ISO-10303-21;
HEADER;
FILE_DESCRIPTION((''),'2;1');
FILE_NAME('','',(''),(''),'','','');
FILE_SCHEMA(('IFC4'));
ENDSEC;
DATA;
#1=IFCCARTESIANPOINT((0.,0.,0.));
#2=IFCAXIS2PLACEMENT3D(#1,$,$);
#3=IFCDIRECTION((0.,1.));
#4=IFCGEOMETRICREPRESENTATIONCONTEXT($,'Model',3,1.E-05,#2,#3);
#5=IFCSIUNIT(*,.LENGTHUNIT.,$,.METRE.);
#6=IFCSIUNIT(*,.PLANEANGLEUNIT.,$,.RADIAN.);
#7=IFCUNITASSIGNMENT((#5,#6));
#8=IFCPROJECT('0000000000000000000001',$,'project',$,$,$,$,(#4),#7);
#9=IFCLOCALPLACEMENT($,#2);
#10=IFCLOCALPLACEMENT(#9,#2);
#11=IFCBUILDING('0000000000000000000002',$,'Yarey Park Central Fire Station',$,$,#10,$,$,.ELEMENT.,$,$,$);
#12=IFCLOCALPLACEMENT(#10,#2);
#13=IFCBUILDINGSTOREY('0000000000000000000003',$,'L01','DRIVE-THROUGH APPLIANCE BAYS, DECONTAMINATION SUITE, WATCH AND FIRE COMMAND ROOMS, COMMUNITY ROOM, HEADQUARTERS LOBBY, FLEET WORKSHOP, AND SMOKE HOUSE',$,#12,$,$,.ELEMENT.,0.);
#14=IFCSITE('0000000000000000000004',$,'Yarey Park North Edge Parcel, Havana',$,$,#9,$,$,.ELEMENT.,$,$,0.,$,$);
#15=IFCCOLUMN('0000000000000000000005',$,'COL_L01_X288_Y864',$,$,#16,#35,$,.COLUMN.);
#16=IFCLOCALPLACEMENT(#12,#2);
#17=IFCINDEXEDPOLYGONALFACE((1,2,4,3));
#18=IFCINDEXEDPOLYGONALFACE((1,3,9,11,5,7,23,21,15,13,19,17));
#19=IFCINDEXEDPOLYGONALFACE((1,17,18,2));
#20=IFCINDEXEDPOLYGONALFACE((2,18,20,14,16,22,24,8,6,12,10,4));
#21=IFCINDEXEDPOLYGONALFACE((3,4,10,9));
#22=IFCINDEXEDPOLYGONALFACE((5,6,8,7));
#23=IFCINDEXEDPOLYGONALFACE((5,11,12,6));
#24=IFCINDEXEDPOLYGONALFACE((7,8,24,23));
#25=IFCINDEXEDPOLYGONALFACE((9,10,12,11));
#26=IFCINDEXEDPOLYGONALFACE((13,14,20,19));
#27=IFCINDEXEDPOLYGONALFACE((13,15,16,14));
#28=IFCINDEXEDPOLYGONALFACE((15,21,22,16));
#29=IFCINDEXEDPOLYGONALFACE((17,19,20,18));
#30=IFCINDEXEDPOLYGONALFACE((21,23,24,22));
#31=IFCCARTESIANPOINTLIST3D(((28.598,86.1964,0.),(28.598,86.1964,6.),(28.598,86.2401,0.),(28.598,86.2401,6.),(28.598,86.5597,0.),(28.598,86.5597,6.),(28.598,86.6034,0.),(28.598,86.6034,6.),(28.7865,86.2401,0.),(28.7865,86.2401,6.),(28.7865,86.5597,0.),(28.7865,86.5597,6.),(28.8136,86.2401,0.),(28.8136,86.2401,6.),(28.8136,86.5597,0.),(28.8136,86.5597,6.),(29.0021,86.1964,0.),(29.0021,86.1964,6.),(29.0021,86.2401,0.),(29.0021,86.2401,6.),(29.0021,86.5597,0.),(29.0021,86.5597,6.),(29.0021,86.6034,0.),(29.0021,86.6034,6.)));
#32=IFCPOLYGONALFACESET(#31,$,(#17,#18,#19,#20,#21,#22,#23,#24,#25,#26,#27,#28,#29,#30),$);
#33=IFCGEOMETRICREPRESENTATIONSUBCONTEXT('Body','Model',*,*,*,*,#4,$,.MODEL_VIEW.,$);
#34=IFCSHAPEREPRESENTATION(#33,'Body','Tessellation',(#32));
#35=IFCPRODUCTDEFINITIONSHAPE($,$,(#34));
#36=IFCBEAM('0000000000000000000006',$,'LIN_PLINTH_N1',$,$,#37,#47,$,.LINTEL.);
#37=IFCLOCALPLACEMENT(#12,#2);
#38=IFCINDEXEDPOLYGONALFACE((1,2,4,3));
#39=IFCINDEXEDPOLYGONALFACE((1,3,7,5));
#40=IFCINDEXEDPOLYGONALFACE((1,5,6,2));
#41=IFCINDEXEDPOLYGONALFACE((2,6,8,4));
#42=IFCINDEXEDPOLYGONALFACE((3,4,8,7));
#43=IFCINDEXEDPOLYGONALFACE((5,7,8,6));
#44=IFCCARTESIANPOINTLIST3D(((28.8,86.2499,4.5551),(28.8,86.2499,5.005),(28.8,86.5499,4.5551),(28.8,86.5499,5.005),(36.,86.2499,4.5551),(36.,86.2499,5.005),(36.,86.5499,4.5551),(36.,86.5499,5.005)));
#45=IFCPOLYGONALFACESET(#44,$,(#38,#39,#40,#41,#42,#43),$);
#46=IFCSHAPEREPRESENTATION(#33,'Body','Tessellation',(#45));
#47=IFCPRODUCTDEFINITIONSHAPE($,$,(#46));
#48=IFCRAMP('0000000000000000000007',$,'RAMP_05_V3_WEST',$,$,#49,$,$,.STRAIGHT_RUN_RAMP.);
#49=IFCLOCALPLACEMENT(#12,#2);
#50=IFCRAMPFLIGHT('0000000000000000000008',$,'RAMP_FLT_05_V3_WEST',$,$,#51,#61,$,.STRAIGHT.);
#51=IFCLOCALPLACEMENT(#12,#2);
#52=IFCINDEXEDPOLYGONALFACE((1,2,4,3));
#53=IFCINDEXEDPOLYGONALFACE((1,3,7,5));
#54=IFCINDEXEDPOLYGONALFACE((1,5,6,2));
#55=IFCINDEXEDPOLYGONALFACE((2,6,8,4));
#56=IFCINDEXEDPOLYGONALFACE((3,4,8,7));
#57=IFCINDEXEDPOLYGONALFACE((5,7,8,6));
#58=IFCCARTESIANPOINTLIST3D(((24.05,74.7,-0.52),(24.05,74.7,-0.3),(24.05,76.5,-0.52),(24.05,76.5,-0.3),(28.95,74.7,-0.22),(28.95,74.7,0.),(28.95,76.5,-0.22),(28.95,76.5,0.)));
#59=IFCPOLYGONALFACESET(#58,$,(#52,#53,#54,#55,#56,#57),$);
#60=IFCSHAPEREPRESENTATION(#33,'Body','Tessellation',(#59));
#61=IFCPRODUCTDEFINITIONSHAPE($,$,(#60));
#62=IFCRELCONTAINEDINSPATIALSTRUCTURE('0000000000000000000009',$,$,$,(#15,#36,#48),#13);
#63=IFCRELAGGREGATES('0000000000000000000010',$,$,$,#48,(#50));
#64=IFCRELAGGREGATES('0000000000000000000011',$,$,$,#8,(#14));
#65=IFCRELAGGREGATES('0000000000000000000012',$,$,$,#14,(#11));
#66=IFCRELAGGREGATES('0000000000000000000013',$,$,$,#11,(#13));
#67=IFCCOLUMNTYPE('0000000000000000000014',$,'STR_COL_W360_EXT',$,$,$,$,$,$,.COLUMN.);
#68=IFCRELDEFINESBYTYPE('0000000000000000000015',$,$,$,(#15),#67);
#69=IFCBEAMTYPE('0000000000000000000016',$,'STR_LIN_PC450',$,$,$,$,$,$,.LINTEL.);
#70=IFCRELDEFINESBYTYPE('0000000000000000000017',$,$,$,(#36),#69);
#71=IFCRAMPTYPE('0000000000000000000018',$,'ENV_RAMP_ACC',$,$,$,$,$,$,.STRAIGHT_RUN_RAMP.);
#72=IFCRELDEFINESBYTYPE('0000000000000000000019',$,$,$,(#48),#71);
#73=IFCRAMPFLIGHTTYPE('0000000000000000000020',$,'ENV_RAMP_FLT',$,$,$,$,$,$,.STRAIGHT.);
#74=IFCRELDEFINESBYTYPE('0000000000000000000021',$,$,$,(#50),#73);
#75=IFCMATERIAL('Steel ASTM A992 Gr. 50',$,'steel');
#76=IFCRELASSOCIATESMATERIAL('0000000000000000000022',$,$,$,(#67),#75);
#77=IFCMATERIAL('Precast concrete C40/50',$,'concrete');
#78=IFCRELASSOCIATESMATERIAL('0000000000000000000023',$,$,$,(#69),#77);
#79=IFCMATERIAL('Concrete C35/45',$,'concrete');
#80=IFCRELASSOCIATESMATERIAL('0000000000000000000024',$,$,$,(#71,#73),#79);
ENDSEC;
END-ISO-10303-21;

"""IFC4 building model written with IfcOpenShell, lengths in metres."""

from ifc_helpers import new_model, si_unit, direction, frame, origin, origin_2d, place, context, subcontext, project, spatial, polyline, rectangle, i_section, outline, extrude, material, material_profile, profile_set, type_object, element, aggregate, save


model = new_model("IFC4")

# Units and contexts
model_context = context("Model", 3, precision=1e-05, world=origin(), true_north=direction((0.0, 1.0)))
body_context = subcontext(model_context, "Body", "Model", "MODEL_VIEW")
ifc_project = project(units=[si_unit("LENGTHUNIT", "METRE"), si_unit("PLANEANGLEUNIT", "RADIAN")], contexts=[model_context])

# Site, building, storey
site_placement = place(None, origin())
site = spatial("IfcSite", under=ifc_project, at=site_placement, Name="Yarey Park North Edge Parcel, Havana", CompositionType="ELEMENT", RefElevation=0.0)
building_placement = place(site_placement, origin())
building = spatial("IfcBuilding", under=site, at=building_placement, Name="Yarey Park Central Fire Station", CompositionType="ELEMENT")
storey_placement = place(building_placement, origin())
storey = spatial("IfcBuildingStorey", under=building, at=storey_placement, Name="L01", Description="DRIVE-THROUGH APPLIANCE BAYS, DECONTAMINATION SUITE, WATCH AND FIRE COMMAND ROOMS, COMMUNITY ROOM, HEADQUARTERS LOBBY, FLEET WORKSHOP, AND SMOKE HOUSE", CompositionType="ELEMENT", Elevation=0.0)

# Shared definitions
ifc_material_1 = material(Name="Concrete C35/45", Category="concrete")

# Column
ifc_material_2 = material(Name="Steel ASTM A992 Gr. 50", Category="steel")
ifc_material_profile_1 = material_profile(ifc_material_2, i_section(OverallWidth=0.4041, OverallDepth=0.407, WebThickness=0.0271, FlangeThickness=0.0437, at=origin_2d()), Name="W360x347")
ifc_profile_set_1 = profile_set([ifc_material_profile_1], Name="Steel ASTM A992 Gr. 50")
column_type = type_object("IfcColumnType", Name="STR_COL_W360_EXT", PredefinedType="COLUMN", material=ifc_profile_set_1)
for number, where, z_axis, x_axis, name in (
    (1, (28.8, 86.3999, 0.0), (0.0, 0.0, 1.0), (1.0, 0.0, 0.0), "COL_L01_X288_Y864"),
):
    element("IfcColumn", number, at=place(storey_placement, frame(where, z_axis=z_axis, x_axis=x_axis)), inside=storey, type_object=column_type, Name=name, PredefinedType="COLUMN", context=body_context, shape_type="SweptSolid", body=[
        extrude(i_section(OverallWidth=0.4041, OverallDepth=0.407, WebThickness=0.0271, FlangeThickness=0.0437, at=origin_2d()), origin(), (0.0, 0.0, 1.0), 6.0),
    ])

# Beam
ifc_material_3 = material(Name="Precast concrete C40/50", Category="concrete")
ifc_material_profile_2 = material_profile(ifc_material_3, rectangle(XDim=0.3, YDim=0.45, at=origin_2d()), Name="PC 300x450")
ifc_profile_set_2 = profile_set([ifc_material_profile_2], Name="Precast concrete C40/50")
beam_type = type_object("IfcBeamType", Name="STR_LIN_PC450", PredefinedType="LINTEL", material=ifc_profile_set_2)
beam_placement = place(storey_placement, frame((28.8, 86.3999, 4.78), z_axis=(1.0, 0.0, 0.0), x_axis=(0.0, 1.0, 0.0)))
element("IfcBeam", 2, at=beam_placement, inside=storey, type_object=beam_type, Name="LIN_PLINTH_N1", PredefinedType="LINTEL", context=body_context, shape_type="SweptSolid", body=[
    extrude(rectangle(XDim=0.3, YDim=0.45, at=origin_2d()), origin(), (0.0, 0.0, 1.0), 7.2),
])

# Ramp, ramp flight
ramp_type = type_object("IfcRampType", Name="ENV_RAMP_ACC", PredefinedType="STRAIGHT_RUN_RAMP", material=ifc_material_1)
ramp_placement = place(storey_placement, origin())
ramp = element("IfcRamp", 3, at=ramp_placement, inside=storey, type_object=ramp_type, Name="RAMP_05_V3_WEST", PredefinedType="STRAIGHT_RUN_RAMP")
ramp_flight_type = type_object("IfcRampFlightType", Name="ENV_RAMP_FLT", PredefinedType="STRAIGHT", material=ifc_material_1)
ramp_flight_placement = place(storey_placement, frame((24.05, 75.6001, -0.3), z_axis=(0.0, 0.0, 1.0), x_axis=(1.0, 0.0, 0.0)))
ramp_flight = element("IfcRampFlight", 4, at=ramp_flight_placement, type_object=ramp_flight_type, Name="RAMP_FLT_05_V3_WEST", PredefinedType="STRAIGHT", context=body_context, shape_type="SweptSolid", body=[
    extrude(outline(polyline([(0.0, 0.0), (0.0, -0.22), (4.8999, 0.0801), (4.8999, 0.3), (0.0, 0.0)])), frame((0.0, 0.8999, 0.0), z_axis=(0.0, -1.0, 0.0), x_axis=(1.0, 0.0, 0.0)), (0.0, 0.0, 1.0), 1.8),
])
aggregate(ramp, [ramp_flight])

save(model, "model.ifc")
